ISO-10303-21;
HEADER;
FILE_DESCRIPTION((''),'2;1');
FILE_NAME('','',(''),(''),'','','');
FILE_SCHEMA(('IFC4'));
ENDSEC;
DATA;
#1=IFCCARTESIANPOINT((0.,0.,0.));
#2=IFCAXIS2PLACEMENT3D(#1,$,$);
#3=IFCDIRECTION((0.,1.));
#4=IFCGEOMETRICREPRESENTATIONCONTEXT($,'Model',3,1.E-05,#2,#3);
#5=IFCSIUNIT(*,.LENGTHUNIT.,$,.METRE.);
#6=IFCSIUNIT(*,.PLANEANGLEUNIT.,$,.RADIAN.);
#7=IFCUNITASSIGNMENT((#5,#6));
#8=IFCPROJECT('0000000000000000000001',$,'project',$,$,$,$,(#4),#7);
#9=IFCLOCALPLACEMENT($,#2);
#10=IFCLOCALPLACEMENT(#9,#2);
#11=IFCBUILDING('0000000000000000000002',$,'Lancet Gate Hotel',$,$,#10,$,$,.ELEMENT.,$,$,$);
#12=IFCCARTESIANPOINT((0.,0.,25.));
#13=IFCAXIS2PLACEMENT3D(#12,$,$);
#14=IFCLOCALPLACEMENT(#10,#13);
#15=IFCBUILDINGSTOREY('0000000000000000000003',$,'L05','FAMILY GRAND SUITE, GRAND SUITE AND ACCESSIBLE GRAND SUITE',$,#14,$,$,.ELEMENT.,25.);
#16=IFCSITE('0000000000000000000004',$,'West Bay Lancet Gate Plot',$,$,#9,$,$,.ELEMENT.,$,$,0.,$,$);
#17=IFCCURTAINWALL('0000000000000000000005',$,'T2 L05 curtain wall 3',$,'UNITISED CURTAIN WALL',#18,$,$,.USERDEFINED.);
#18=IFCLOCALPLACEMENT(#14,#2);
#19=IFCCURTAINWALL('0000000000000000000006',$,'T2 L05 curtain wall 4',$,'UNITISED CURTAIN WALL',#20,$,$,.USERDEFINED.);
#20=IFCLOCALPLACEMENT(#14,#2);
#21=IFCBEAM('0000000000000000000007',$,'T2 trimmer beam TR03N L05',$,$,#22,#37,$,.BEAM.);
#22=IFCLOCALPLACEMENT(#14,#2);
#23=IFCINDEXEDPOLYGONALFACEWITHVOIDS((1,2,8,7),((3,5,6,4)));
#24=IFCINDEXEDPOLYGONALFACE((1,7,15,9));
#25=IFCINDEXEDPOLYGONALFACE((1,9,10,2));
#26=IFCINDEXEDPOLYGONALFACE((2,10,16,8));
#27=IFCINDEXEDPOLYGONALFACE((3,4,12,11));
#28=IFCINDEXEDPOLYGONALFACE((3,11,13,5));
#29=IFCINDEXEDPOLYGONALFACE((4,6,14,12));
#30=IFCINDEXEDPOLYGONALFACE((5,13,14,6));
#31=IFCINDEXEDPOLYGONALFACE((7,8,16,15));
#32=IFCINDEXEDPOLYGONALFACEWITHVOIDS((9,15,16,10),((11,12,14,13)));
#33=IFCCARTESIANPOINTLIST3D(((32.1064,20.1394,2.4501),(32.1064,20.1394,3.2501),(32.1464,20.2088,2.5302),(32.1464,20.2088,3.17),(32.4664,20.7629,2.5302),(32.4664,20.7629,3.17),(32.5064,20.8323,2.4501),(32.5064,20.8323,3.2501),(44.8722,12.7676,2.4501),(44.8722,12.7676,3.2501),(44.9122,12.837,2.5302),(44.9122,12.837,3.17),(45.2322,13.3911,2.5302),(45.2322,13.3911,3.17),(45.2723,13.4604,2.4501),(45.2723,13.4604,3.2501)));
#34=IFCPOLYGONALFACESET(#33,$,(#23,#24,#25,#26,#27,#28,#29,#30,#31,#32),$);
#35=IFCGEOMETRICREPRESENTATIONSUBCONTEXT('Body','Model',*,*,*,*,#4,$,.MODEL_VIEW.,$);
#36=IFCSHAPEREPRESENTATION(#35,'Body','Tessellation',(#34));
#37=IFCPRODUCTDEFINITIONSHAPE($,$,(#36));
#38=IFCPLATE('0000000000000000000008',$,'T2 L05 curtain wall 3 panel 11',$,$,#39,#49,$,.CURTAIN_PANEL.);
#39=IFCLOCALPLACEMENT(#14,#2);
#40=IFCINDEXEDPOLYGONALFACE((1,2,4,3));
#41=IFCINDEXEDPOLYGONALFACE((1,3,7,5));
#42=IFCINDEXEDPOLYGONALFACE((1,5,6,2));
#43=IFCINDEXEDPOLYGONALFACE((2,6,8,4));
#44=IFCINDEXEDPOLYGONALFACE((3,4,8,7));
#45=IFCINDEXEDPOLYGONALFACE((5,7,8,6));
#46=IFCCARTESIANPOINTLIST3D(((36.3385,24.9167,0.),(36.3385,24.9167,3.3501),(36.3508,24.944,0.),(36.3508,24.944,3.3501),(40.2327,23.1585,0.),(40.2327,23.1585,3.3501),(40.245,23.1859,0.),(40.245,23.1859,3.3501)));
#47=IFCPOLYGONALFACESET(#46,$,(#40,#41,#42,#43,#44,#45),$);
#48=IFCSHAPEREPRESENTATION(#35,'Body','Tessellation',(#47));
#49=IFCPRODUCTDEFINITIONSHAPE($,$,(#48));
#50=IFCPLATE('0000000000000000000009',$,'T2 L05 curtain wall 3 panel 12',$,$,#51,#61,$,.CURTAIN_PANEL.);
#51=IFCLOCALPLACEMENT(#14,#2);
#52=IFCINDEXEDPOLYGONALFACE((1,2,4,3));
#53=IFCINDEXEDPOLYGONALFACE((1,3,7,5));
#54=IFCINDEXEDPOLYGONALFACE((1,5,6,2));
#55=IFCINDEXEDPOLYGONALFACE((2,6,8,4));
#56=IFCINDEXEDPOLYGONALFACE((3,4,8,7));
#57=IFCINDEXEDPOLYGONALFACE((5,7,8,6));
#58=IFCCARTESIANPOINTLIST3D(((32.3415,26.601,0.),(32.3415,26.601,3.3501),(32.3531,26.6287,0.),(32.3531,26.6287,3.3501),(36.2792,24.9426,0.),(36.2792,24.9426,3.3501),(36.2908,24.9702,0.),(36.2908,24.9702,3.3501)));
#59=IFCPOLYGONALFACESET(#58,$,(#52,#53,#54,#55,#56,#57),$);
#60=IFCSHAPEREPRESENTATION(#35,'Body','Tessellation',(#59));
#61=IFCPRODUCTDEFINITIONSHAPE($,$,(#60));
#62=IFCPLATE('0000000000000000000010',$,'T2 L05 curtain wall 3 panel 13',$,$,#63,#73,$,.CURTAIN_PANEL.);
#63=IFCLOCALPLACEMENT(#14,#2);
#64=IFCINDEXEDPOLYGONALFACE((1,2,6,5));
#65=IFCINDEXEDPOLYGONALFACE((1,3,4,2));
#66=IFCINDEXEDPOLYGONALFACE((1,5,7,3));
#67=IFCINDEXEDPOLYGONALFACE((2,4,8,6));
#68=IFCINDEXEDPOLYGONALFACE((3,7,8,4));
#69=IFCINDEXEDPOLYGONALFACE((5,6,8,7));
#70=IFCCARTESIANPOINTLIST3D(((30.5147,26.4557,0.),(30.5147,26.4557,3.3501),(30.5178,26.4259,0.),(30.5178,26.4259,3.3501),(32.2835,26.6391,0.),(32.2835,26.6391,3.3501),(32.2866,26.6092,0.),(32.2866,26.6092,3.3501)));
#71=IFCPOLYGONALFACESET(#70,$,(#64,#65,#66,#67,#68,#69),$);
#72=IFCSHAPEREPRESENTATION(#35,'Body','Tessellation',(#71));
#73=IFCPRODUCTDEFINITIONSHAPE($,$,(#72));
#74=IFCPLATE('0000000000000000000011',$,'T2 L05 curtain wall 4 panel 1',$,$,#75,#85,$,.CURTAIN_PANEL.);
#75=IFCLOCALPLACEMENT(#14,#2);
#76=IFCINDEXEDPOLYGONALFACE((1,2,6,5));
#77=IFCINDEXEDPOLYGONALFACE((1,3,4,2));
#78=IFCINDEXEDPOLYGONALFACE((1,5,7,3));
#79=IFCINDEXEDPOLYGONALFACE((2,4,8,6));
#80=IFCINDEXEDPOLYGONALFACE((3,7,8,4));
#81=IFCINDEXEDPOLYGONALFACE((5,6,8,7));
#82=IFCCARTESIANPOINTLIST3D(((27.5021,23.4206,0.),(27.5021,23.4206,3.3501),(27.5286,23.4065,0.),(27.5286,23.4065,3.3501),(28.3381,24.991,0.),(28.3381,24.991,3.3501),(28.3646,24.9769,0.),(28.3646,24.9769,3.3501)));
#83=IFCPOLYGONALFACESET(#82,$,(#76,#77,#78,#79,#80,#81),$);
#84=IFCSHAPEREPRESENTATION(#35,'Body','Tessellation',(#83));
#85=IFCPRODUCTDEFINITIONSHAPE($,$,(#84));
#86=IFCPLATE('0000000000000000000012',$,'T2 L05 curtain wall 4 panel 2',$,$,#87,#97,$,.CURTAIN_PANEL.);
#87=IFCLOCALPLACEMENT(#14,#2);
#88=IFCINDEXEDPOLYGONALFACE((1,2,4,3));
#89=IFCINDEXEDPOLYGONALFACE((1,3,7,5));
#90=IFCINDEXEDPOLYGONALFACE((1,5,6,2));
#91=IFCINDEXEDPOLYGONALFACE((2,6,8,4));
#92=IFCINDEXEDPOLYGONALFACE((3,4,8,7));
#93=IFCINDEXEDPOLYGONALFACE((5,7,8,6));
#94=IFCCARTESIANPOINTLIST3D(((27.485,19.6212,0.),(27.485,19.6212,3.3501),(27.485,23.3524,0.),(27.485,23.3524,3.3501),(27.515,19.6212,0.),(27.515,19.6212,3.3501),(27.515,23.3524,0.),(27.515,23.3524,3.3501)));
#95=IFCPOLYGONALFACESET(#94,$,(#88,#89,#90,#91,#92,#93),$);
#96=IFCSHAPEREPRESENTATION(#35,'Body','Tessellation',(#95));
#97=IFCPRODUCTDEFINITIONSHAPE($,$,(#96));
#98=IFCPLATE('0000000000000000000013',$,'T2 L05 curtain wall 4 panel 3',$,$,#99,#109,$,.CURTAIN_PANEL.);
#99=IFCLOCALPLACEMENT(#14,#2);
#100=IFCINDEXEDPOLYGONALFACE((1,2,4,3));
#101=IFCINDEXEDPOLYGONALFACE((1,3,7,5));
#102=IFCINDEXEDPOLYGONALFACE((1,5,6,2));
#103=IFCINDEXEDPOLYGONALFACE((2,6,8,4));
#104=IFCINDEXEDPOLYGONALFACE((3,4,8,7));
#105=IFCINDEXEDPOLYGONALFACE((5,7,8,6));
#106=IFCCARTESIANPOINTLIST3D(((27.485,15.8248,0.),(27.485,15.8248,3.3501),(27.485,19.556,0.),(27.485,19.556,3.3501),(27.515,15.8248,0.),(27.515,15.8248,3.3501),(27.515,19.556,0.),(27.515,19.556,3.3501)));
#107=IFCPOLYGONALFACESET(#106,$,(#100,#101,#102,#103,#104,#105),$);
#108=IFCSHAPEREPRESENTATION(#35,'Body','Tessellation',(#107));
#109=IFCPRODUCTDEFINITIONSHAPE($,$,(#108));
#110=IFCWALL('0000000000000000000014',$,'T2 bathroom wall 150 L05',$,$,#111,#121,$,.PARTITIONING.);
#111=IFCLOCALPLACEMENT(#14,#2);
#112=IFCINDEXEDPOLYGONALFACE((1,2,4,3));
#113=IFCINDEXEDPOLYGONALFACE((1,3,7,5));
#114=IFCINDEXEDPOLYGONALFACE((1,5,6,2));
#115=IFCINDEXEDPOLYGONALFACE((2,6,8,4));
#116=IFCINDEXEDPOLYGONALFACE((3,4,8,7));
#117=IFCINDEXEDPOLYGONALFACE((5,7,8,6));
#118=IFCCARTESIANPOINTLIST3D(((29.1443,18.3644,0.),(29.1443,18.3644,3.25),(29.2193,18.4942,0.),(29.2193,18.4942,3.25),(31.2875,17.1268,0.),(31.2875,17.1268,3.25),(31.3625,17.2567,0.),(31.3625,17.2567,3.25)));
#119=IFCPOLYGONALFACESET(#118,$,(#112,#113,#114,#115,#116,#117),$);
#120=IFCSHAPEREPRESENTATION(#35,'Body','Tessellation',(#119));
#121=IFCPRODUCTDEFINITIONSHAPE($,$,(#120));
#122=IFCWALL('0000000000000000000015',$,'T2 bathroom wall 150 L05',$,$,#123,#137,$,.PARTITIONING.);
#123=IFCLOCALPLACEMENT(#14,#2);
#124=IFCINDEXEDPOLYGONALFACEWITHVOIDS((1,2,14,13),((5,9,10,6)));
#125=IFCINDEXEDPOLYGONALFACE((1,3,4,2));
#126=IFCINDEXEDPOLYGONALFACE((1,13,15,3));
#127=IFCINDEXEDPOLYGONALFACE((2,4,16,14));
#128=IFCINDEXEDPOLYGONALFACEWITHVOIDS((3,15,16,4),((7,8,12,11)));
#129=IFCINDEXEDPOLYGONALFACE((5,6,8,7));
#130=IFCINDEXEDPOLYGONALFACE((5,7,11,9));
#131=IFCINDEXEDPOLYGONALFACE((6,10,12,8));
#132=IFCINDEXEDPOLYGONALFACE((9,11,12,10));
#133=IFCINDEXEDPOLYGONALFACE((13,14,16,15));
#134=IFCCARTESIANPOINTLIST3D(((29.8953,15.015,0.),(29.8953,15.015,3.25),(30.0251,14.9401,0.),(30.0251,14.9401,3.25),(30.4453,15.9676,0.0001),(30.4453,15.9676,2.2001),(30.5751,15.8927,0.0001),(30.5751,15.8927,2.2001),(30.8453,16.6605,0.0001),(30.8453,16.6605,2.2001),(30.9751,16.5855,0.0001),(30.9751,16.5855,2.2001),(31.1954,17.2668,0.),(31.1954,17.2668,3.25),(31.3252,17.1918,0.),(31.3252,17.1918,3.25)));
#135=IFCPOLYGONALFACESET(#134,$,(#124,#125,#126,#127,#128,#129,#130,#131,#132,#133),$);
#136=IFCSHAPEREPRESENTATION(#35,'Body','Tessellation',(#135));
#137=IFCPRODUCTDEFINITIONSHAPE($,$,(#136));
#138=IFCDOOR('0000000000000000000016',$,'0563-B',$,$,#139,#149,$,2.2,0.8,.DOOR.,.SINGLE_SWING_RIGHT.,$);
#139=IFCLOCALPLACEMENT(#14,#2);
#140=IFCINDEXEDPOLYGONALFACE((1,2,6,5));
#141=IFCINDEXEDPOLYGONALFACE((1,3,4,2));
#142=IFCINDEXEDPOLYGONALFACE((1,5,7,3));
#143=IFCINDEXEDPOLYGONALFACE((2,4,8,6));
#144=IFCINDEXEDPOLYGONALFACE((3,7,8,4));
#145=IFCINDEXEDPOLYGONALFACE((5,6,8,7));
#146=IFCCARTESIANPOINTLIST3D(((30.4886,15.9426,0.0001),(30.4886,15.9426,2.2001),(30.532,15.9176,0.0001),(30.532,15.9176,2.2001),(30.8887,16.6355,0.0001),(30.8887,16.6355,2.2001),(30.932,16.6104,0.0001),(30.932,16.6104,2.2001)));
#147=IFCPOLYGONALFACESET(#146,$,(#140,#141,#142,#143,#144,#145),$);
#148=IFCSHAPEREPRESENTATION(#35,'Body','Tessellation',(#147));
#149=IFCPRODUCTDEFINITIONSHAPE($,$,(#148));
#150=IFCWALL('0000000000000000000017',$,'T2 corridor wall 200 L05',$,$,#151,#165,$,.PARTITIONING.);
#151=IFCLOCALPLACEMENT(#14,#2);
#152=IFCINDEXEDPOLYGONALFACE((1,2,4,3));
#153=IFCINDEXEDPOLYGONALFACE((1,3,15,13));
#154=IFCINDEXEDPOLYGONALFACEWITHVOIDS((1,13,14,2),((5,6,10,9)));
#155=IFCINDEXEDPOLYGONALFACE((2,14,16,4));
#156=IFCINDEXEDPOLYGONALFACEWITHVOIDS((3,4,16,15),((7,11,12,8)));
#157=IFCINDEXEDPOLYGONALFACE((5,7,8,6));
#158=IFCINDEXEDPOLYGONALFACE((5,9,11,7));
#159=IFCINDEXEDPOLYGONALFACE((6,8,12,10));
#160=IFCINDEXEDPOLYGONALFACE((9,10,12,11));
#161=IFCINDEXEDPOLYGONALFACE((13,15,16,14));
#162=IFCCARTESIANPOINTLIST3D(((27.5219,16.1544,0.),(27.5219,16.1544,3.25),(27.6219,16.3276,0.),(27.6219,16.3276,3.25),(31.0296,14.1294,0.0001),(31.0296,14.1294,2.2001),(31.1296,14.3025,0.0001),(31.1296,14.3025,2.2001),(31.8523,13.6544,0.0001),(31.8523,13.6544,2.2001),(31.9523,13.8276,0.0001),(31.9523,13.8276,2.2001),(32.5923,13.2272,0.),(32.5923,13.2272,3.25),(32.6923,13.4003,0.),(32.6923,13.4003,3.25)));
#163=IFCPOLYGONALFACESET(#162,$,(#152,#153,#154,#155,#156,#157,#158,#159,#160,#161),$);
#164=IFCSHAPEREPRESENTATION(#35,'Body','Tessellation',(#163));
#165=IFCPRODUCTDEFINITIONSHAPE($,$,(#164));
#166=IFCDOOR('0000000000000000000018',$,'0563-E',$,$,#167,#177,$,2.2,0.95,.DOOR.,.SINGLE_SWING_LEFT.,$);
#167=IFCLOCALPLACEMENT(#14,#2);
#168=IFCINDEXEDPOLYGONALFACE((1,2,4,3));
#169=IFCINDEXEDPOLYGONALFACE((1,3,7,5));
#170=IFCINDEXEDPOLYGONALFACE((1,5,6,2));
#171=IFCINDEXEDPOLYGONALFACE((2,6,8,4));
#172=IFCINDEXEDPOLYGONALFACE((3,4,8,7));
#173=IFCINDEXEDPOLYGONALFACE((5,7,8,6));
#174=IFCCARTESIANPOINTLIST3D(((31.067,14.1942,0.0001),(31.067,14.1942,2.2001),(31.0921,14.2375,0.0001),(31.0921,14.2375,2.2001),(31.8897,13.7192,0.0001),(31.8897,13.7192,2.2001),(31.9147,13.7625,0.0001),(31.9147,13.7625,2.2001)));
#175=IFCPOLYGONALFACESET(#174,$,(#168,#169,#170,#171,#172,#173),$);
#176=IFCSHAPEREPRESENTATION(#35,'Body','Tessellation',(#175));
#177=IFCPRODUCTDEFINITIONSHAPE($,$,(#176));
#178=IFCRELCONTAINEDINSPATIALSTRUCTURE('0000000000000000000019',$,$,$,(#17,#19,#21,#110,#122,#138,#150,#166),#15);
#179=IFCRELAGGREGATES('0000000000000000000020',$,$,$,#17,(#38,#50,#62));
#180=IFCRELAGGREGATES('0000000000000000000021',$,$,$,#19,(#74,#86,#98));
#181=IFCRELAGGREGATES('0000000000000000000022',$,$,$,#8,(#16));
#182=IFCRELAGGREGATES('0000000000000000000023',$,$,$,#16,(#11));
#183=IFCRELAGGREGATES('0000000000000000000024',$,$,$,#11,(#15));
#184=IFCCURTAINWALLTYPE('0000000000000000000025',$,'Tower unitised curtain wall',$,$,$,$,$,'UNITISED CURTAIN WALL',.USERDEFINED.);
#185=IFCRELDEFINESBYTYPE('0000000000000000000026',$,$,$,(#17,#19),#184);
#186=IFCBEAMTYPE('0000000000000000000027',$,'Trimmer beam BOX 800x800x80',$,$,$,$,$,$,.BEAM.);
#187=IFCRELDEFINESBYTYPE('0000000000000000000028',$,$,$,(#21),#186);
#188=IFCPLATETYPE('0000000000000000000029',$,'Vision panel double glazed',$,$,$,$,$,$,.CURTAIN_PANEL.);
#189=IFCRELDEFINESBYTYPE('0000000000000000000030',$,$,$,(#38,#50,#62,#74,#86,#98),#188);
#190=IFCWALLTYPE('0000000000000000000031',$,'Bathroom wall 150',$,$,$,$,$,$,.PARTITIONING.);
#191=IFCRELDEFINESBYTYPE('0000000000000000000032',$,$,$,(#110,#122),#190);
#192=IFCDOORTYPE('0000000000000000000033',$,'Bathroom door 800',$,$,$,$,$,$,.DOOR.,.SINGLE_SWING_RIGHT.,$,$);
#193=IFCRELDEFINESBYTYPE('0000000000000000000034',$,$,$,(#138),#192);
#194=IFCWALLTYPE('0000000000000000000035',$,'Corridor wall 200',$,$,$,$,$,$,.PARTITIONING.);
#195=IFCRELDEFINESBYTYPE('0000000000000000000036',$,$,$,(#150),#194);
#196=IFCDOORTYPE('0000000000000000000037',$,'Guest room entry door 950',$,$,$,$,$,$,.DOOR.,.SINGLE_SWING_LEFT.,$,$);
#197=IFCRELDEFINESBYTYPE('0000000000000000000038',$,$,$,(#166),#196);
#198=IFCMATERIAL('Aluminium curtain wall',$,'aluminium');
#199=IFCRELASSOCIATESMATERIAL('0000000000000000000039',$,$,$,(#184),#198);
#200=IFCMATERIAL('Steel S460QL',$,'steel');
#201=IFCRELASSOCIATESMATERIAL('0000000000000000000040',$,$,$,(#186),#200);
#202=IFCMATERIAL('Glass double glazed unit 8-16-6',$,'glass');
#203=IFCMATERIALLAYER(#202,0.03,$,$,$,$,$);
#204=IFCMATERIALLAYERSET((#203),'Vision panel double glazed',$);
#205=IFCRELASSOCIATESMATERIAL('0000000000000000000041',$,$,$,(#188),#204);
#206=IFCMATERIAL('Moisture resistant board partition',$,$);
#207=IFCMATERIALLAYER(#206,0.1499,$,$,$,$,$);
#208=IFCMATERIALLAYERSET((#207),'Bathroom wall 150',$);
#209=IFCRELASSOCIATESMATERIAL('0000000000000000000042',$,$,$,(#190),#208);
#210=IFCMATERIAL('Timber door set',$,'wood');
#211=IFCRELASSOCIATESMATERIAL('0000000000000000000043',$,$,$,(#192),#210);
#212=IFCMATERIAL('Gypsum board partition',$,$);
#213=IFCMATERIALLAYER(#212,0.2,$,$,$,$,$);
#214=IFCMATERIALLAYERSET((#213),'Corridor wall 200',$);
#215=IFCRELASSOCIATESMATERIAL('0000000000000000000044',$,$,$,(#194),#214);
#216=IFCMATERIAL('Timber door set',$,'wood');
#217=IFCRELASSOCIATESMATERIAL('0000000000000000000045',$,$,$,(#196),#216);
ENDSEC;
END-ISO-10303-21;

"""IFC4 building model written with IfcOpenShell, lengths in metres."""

from ifc_helpers import new_model, si_unit, direction, frame, frame_2d, origin, origin_2d, place, context, subcontext, project, spatial, rectangle, hollow_rectangle, extrude, material, layer, layer_set, material_profile, profile_set, type_object, element, fill, aggregate, save


model = new_model("IFC4")

# Units and contexts
model_context = context("Model", 3, precision=1e-05, world=origin(), true_north=direction((0.0, 1.0)))
body_context = subcontext(model_context, "Body", "Model", "MODEL_VIEW")
ifc_project = project(units=[si_unit("LENGTHUNIT", "METRE"), si_unit("PLANEANGLEUNIT", "RADIAN")], contexts=[model_context])

# Site, building, storey
site_placement = place(None, origin())
site = spatial("IfcSite", under=ifc_project, at=site_placement, Name="West Bay Lancet Gate Plot", CompositionType="ELEMENT", RefElevation=0.0)
building_placement = place(site_placement, origin())
building = spatial("IfcBuilding", under=site, at=building_placement, Name="Lancet Gate Hotel", CompositionType="ELEMENT")
storey_placement = place(building_placement, frame((0.0, 0.0, 25.0)))
storey = spatial("IfcBuildingStorey", under=building, at=storey_placement, Name="L05", Description="FAMILY GRAND SUITE, GRAND SUITE AND ACCESSIBLE GRAND SUITE", CompositionType="ELEMENT", Elevation=25.0)

# Curtain walls
ifc_material_1 = material(Name="Aluminium curtain wall", Category="aluminium")
curtain_wall_type = type_object("IfcCurtainWallType", Name="Tower unitised curtain wall", ElementType="UNITISED CURTAIN WALL", PredefinedType="USERDEFINED", material=ifc_material_1)
curtain_wall_1_placement = place(storey_placement, origin())
curtain_wall_1 = element("IfcCurtainWall", 1, at=curtain_wall_1_placement, inside=storey, type_object=curtain_wall_type, Name="T2 L05 curtain wall 3", ObjectType="UNITISED CURTAIN WALL", PredefinedType="USERDEFINED")
curtain_wall_2_placement = place(storey_placement, origin())
curtain_wall_2 = element("IfcCurtainWall", 2, at=curtain_wall_2_placement, inside=storey, type_object=curtain_wall_type, Name="T2 L05 curtain wall 4", ObjectType="UNITISED CURTAIN WALL", PredefinedType="USERDEFINED")

# Beam
ifc_material_2 = material(Name="Steel S460QL", Category="steel")
ifc_material_profile_1 = material_profile(ifc_material_2, hollow_rectangle(XDim=0.8, YDim=0.8, WallThickness=0.0801, at=origin_2d()), Name="BOX 800x800x80")
ifc_profile_set_1 = profile_set([ifc_material_profile_1], Name="Steel S460QL")
beam_type_1 = type_object("IfcBeamType", Name="Trimmer beam BOX 800x800x80", PredefinedType="BEAM", material=ifc_profile_set_1)
beam_1_placement = place(storey_placement, frame((32.3064, 20.4858, 2.8501), z_axis=(0.865983, -0.500074, 0.0), x_axis=(0.500074, 0.865983, 0.0)))
element("IfcBeam", 3, at=beam_1_placement, inside=storey, type_object=beam_type_1, Name="T2 trimmer beam TR03N L05", PredefinedType="BEAM", context=body_context, shape_type="SweptSolid", body=[
    extrude(hollow_rectangle(XDim=0.8, YDim=0.8, WallThickness=0.0801, at=origin_2d()), origin(), (0.0, 0.0, 1.0), 14.7415),
])

# Plates
ifc_material_3 = material(Name="Glass double glazed unit 8-16-6", Category="glass")
ifc_layer_1 = layer(ifc_material_3, 0.03)
ifc_layer_set_1 = layer_set([ifc_layer_1], Name="Vision panel double glazed")
plate_type = type_object("IfcPlateType", Name="Vision panel double glazed", PredefinedType="CURTAIN_PANEL", material=ifc_layer_set_1)
plate_1_placement = place(storey_placement, frame((38.2917, 24.0513, 0.0), z_axis=(0.0, 0.0, 1.0), x_axis=(-0.911416, 0.411487, 0.0)))
plate_1 = element("IfcPlate", 4, at=plate_1_placement, type_object=plate_type, Name="T2 L05 curtain wall 3 panel 11", PredefinedType="CURTAIN_PANEL", context=body_context, shape_type="SweptSolid", body=[
    extrude(rectangle(XDim=4.2727, YDim=0.03, at=origin_2d()), origin(), (0.0, 0.0, 1.0), 3.3501),
])
plate_2_placement = place(storey_placement, frame((34.3162, 25.7856, 0.0), z_axis=(0.0, 0.0, 1.0), x_axis=(-0.921593, 0.388157, 0.0)))
plate_2 = element("IfcPlate", 5, at=plate_2_placement, type_object=plate_type, Name="T2 L05 curtain wall 3 panel 12", PredefinedType="CURTAIN_PANEL", context=body_context, shape_type="SweptSolid", body=[
    extrude(rectangle(XDim=4.2727, YDim=0.03, at=origin_2d()), origin(), (0.0, 0.0, 1.0), 3.3501),
])
plate_3_placement = place(storey_placement, frame((31.4006, 26.5325, 0.0), z_axis=(0.0, 0.0, 1.0), x_axis=(-0.994672, -0.103088, 0.0)))
plate_3 = element("IfcPlate", 6, at=plate_3_placement, type_object=plate_type, Name="T2 L05 curtain wall 3 panel 13", PredefinedType="CURTAIN_PANEL", context=body_context, shape_type="SweptSolid", body=[
    extrude(rectangle(XDim=1.7783, YDim=0.03, at=origin_2d()), origin(), (0.0, 0.0, 1.0), 3.3501),
])
aggregate(curtain_wall_1, [plate_1, plate_2, plate_3])
plate_4_placement = place(storey_placement, frame((27.9333, 24.1987, 0.0), z_axis=(0.0, 0.0, 1.0), x_axis=(-0.469898, -0.882721, 0.0)))
plate_4 = element("IfcPlate", 7, at=plate_4_placement, type_object=plate_type, Name="T2 L05 curtain wall 4 panel 1", PredefinedType="CURTAIN_PANEL", context=body_context, shape_type="SweptSolid", body=[
    extrude(rectangle(XDim=1.7791, YDim=0.03, at=origin_2d()), origin(), (0.0, 0.0, 1.0), 3.3501),
])
plate_5_placement = place(storey_placement, frame((27.5, 21.4868, 0.0), z_axis=(0.0, 0.0, 1.0), x_axis=(0.0, -1.0, 0.0)))
plate_5 = element("IfcPlate", 8, at=plate_5_placement, type_object=plate_type, Name="T2 L05 curtain wall 4 panel 2", PredefinedType="CURTAIN_PANEL", context=body_context, shape_type="SweptSolid", body=[
    extrude(rectangle(XDim=3.7312, YDim=0.03, at=origin_2d()), origin(), (0.0, 0.0, 1.0), 3.3501),
])
plate_6_placement = place(storey_placement, frame((27.5, 17.6904, 0.0), z_axis=(0.0, 0.0, 1.0), x_axis=(0.0, -1.0, 0.0)))
plate_6 = element("IfcPlate", 9, at=plate_6_placement, type_object=plate_type, Name="T2 L05 curtain wall 4 panel 3", PredefinedType="CURTAIN_PANEL", context=body_context, shape_type="SweptSolid", body=[
    extrude(rectangle(XDim=3.7312, YDim=0.03, at=origin_2d()), origin(), (0.0, 0.0, 1.0), 3.3501),
])
aggregate(curtain_wall_2, [plate_4, plate_5, plate_6])

# Wall
ifc_material_4 = material(Name="Moisture resistant board partition")
ifc_layer_2 = layer(ifc_material_4, 0.1499)
ifc_layer_set_2 = layer_set([ifc_layer_2], Name="Bathroom wall 150")
wall_type_1 = type_object("IfcWallType", Name="Bathroom wall 150", PredefinedType="PARTITIONING", material=ifc_layer_set_2)
wall_1_placement = place(storey_placement, frame((29.1819, 18.4292, 0.0), z_axis=(0.0, 0.0, 1.0), x_axis=(0.866007, -0.500033, 0.0)))
element("IfcWall", 10, at=wall_1_placement, inside=storey, type_object=wall_type_1, Name="T2 bathroom wall 150 L05", PredefinedType="PARTITIONING", context=body_context, shape_type="SweptSolid", body=[
    extrude(rectangle(XDim=2.4749, YDim=0.1499, at=frame_2d((1.2373, 0.0))), origin(), (0.0, 0.0, 1.0), 3.25),
])

# Walls, openings, doors
wall_2_placement = place(storey_placement, frame((29.9602, 14.9775, 0.0), z_axis=(0.0, 0.0, 1.0), x_axis=(0.500007, 0.866021, 0.0)))
wall_2 = element("IfcWall", 11, at=wall_2_placement, inside=storey, type_object=wall_type_1, Name="T2 bathroom wall 150 L05", PredefinedType="PARTITIONING", context=body_context, shape_type="SweptSolid", body=[
    extrude(rectangle(XDim=2.6001, YDim=0.1499, at=frame_2d((1.3, 0.0))), origin(), (0.0, 0.0, 1.0), 3.25),
])
opening_1_placement = place(wall_2_placement, frame((1.1001, 0.0, 0.0)))
opening_1 = element("IfcOpeningElement", 12, at=opening_1_placement, cuts=wall_2, PredefinedType="OPENING", context=body_context, shape_type="SweptSolid", body=[
    extrude(rectangle(XDim=0.8, YDim=2.2, at=frame_2d((0.3999, 1.1001))), frame((0.0, 0.085, 0.0), z_axis=(0.0, -1.0, 0.0), x_axis=(1.0, 0.0, 0.0)), (0.0, 0.0, 1.0), 0.1699),
])
ifc_material_5 = material(Name="Timber door set", Category="wood")
door_type_1 = type_object("IfcDoorType", Name="Bathroom door 800", OperationType="SINGLE_SWING_RIGHT", PredefinedType="DOOR", material=ifc_material_5)
door_1_placement = place(opening_1_placement, origin())
door_1 = element("IfcDoor", 13, at=door_1_placement, inside=storey, type_object=door_type_1, Name="0563-B", OperationType="SINGLE_SWING_RIGHT", OverallHeight=2.2, OverallWidth=0.8, PredefinedType="DOOR", context=body_context, shape_type="SweptSolid", body=[
    extrude(rectangle(XDim=0.8, YDim=2.2, at=frame_2d((0.3999, 1.1001))), frame((0.0, 0.0249, 0.0), z_axis=(0.0, -1.0, 0.0), x_axis=(1.0, 0.0, 0.0)), (0.0, 0.0, 1.0), 0.05),
])
fill(opening_1, door_1)
ifc_material_6 = material(Name="Gypsum board partition")
ifc_layer_3 = layer(ifc_material_6, 0.2)
ifc_layer_set_3 = layer_set([ifc_layer_3], Name="Corridor wall 200")
wall_type_2 = type_object("IfcWallType", Name="Corridor wall 200", PredefinedType="PARTITIONING", material=ifc_layer_set_3)
wall_3_placement = place(storey_placement, frame((27.572, 16.241, 0.0), z_axis=(0.0, 0.0, 1.0), x_axis=(0.866033, -0.499987, 0.0)))
wall_3 = element("IfcWall", 14, at=wall_3_placement, inside=storey, type_object=wall_type_2, Name="T2 corridor wall 200 L05", PredefinedType="PARTITIONING", context=body_context, shape_type="SweptSolid", body=[
    extrude(rectangle(XDim=5.8547, YDim=0.2, at=frame_2d((2.9272, 0.0))), origin(), (0.0, 0.0, 1.0), 3.25),
])
opening_2_placement = place(wall_3_placement, frame((4.05, 0.0, 0.0)))
opening_2 = element("IfcOpeningElement", 15, at=opening_2_placement, cuts=wall_3, PredefinedType="OPENING", context=body_context, shape_type="SweptSolid", body=[
    extrude(rectangle(XDim=0.95, YDim=2.2, at=frame_2d((0.4751, 1.1001))), frame((0.0, 0.1099, 0.0), z_axis=(0.0, -1.0, 0.0), x_axis=(1.0, 0.0, 0.0)), (0.0, 0.0, 1.0), 0.22),
])
ifc_material_7 = material(Name="Timber door set", Category="wood")
door_type_2 = type_object("IfcDoorType", Name="Guest room entry door 950", OperationType="SINGLE_SWING_LEFT", PredefinedType="DOOR", material=ifc_material_7)
door_2_placement = place(opening_2_placement, origin())
door_2 = element("IfcDoor", 16, at=door_2_placement, inside=storey, type_object=door_type_2, Name="0563-E", OperationType="SINGLE_SWING_LEFT", OverallHeight=2.2, OverallWidth=0.95, PredefinedType="DOOR", context=body_context, shape_type="SweptSolid", body=[
    extrude(rectangle(XDim=0.95, YDim=2.2, at=frame_2d((0.4751, 1.1001))), frame((0.0, 0.0249, 0.0), z_axis=(0.0, -1.0, 0.0), x_axis=(1.0, 0.0, 0.0)), (0.0, 0.0, 1.0), 0.05),
])
fill(opening_2, door_2)

save(model, "model.ifc")
